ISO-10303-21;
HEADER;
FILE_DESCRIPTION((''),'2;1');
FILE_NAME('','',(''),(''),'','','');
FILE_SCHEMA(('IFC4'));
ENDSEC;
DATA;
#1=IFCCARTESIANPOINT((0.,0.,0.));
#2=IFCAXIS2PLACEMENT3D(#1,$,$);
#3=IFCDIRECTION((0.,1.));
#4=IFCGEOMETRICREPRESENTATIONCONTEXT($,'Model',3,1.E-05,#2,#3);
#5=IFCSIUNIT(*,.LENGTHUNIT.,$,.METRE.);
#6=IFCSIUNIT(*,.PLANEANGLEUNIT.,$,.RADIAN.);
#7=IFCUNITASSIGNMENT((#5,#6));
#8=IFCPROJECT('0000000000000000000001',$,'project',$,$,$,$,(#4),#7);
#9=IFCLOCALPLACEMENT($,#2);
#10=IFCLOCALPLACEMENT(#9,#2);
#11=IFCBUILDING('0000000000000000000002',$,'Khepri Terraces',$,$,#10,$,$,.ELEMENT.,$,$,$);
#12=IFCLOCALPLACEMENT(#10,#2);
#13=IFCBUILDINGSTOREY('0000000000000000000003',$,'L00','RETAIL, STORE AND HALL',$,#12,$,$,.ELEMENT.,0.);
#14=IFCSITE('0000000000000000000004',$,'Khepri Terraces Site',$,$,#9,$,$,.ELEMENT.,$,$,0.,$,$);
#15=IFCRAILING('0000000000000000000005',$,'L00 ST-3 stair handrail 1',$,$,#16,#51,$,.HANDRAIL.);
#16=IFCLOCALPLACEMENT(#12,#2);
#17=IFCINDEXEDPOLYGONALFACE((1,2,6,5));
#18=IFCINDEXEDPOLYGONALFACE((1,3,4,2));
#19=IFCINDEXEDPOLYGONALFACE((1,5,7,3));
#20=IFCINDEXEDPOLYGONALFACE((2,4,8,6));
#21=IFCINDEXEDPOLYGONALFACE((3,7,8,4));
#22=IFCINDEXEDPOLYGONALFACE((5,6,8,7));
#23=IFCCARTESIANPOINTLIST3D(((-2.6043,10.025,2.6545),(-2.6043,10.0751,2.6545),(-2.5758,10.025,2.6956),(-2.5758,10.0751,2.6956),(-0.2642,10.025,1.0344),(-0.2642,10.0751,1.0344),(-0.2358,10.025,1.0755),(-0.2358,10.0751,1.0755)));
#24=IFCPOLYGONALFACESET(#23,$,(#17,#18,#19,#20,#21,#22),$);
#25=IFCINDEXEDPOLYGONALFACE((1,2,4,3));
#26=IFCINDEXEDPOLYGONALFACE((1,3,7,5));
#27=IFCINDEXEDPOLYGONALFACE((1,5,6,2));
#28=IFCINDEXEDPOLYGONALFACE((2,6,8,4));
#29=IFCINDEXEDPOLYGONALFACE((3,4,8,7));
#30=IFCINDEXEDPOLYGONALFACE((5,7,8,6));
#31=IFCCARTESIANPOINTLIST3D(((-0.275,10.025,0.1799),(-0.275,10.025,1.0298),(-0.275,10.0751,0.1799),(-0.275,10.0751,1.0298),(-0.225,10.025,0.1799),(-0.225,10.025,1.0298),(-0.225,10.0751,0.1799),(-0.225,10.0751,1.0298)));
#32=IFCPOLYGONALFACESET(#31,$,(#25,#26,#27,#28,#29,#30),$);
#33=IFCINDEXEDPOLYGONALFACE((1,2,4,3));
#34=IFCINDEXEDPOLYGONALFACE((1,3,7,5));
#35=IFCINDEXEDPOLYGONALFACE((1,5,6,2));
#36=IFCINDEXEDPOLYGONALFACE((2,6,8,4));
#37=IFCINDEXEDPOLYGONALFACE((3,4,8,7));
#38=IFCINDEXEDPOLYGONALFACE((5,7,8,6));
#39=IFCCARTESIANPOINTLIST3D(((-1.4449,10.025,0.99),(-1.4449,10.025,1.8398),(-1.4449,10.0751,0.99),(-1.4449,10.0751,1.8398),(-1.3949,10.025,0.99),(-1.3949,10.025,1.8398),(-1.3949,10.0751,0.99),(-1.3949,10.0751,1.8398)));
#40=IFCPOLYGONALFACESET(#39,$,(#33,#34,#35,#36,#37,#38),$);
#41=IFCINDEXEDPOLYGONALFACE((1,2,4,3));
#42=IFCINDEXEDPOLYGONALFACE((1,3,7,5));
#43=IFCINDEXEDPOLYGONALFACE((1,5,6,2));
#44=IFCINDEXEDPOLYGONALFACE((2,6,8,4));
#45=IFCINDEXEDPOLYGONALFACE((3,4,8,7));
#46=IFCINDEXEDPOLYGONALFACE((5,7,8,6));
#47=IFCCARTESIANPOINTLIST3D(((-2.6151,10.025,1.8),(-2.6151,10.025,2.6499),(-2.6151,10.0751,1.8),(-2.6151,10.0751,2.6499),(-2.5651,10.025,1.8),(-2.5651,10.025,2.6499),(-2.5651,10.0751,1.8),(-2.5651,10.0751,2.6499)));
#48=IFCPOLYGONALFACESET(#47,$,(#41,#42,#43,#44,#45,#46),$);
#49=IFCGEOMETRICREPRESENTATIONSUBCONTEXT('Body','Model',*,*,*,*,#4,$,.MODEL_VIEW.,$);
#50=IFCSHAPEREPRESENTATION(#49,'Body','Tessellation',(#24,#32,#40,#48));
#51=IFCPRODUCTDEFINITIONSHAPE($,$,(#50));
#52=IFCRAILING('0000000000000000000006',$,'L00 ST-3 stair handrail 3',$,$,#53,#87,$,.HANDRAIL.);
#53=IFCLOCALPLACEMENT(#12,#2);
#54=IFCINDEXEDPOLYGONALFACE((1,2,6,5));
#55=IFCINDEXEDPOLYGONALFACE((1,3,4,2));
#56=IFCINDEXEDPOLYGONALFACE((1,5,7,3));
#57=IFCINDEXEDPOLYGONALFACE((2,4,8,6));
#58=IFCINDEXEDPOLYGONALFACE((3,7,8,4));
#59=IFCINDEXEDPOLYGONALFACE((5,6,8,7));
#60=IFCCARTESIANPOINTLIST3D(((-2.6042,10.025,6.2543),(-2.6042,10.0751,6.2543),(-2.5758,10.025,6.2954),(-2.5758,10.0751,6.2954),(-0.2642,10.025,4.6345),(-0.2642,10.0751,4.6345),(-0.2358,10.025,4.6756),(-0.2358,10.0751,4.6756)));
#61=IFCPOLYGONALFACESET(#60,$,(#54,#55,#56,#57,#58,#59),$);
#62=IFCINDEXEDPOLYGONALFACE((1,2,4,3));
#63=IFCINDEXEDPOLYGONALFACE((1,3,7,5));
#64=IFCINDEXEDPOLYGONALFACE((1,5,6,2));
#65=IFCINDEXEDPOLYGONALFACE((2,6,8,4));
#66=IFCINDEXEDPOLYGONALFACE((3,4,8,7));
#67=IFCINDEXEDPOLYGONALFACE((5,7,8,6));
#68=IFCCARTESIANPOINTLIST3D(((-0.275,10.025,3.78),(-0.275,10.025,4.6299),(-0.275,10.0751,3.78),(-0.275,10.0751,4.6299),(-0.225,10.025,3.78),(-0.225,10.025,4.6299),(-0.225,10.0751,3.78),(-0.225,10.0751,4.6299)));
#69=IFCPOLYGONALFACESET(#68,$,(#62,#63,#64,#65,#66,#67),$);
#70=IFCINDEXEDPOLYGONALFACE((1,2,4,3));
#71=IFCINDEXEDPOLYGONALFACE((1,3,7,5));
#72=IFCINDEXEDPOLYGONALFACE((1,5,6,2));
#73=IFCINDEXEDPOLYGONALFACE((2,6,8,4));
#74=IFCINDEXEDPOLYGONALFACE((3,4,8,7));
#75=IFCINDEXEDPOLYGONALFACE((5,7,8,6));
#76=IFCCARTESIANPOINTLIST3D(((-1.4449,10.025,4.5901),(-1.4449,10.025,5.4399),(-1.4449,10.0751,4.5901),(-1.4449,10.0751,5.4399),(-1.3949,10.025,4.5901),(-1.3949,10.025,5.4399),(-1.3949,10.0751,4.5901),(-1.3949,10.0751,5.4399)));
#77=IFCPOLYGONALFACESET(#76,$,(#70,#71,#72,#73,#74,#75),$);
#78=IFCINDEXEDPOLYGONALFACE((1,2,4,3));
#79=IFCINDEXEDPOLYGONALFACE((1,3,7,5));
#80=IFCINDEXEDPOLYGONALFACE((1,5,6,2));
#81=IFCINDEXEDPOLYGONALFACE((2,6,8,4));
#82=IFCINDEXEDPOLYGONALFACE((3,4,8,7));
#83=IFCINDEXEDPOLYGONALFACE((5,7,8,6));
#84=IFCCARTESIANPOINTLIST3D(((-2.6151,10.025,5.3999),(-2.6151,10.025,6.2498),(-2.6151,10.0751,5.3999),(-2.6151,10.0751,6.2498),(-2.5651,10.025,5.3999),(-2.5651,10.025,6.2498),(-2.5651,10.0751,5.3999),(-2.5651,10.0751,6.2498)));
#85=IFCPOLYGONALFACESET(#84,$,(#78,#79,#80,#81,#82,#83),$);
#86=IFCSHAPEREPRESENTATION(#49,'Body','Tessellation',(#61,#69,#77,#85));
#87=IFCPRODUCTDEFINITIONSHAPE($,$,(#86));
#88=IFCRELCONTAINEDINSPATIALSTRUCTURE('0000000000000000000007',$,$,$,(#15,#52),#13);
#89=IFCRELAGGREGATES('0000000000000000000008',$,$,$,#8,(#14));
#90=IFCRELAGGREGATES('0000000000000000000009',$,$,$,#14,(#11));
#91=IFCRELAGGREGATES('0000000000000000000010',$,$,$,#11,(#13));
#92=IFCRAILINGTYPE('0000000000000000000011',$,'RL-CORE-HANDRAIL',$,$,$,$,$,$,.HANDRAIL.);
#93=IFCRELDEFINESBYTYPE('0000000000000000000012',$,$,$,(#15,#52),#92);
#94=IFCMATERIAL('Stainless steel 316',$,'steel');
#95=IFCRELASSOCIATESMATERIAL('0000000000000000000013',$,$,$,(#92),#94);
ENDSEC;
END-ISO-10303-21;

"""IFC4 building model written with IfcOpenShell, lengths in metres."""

from ifc_helpers import new_model, si_unit, direction, frame, origin, origin_2d, place, context, subcontext, project, spatial, rectangle, extrude, material, type_object, element, save


model = new_model("IFC4")

# Units and contexts
model_context = context("Model", 3, precision=1e-05, world=origin(), true_north=direction((0.0, 1.0)))
body_context = subcontext(model_context, "Body", "Model", "MODEL_VIEW")
ifc_project = project(units=[si_unit("LENGTHUNIT", "METRE"), si_unit("PLANEANGLEUNIT", "RADIAN")], contexts=[model_context])

# Site, building, storey
site_placement = place(None, origin())
site = spatial("IfcSite", under=ifc_project, at=site_placement, Name="Khepri Terraces Site", CompositionType="ELEMENT", RefElevation=0.0)
building_placement = place(site_placement, origin())
building = spatial("IfcBuilding", under=site, at=building_placement, Name="Khepri Terraces", CompositionType="ELEMENT")
storey_placement = place(building_placement, origin())
storey = spatial("IfcBuildingStorey", under=building, at=storey_placement, Name="L00", Description="RETAIL, STORE AND HALL", CompositionType="ELEMENT", Elevation=0.0)

# Railings
ifc_material_1 = material(Name="Stainless steel 316", Category="steel")
railing_type_1 = type_object("IfcRailingType", Name="RL-CORE-HANDRAIL", PredefinedType="HANDRAIL", material=ifc_material_1)
railing_1_placement = place(storey_placement, frame((-0.25, 10.05, 0.1799)))
element("IfcRailing", 1, at=railing_1_placement, inside=storey, type_object=railing_type_1, Name="L00 ST-3 stair handrail 1", PredefinedType="HANDRAIL", context=body_context, shape_type="SweptSolid", body=[
    extrude(rectangle(XDim=0.05, YDim=0.05, at=origin_2d()), frame((0.0, 0.0, 0.875), z_axis=(-0.822183, 0.0, 0.569223), x_axis=(0.0, -1.0, 0.0)), (0.0, 0.0, 1.0), 2.8462),
    extrude(rectangle(XDim=0.05, YDim=0.05, at=origin_2d()), origin(), (0.0, 0.0, 1.0), 0.8499),
    extrude(rectangle(XDim=0.05, YDim=0.05, at=origin_2d()), frame((-1.1699, 0.0, 0.8101)), (0.0, 0.0, 1.0), 0.8499),
    extrude(rectangle(XDim=0.05, YDim=0.05, at=origin_2d()), frame((-2.3401, 0.0, 1.6201)), (0.0, 0.0, 1.0), 0.8499),
])
railing_2_placement = place(storey_placement, frame((-0.25, 10.05, 3.78)))
element("IfcRailing", 2, at=railing_2_placement, inside=storey, type_object=railing_type_1, Name="L00 ST-3 stair handrail 3", PredefinedType="HANDRAIL", context=body_context, shape_type="SweptSolid", body=[
    extrude(rectangle(XDim=0.05, YDim=0.05, at=origin_2d()), frame((0.0, 0.0, 0.875), z_axis=(-0.822223, 0.0, 0.569165), x_axis=(0.0, -1.0, 0.0)), (0.0, 0.0, 1.0), 2.8459),
    extrude(rectangle(XDim=0.05, YDim=0.05, at=origin_2d()), origin(), (0.0, 0.0, 1.0), 0.8499),
    extrude(rectangle(XDim=0.05, YDim=0.05, at=origin_2d()), frame((-1.1699, 0.0, 0.8101)), (0.0, 0.0, 1.0), 0.8499),
    extrude(rectangle(XDim=0.05, YDim=0.05, at=origin_2d()), frame((-2.3401, 0.0, 1.6199)), (0.0, 0.0, 1.0), 0.8499),
])

save(model, "model.ifc")
